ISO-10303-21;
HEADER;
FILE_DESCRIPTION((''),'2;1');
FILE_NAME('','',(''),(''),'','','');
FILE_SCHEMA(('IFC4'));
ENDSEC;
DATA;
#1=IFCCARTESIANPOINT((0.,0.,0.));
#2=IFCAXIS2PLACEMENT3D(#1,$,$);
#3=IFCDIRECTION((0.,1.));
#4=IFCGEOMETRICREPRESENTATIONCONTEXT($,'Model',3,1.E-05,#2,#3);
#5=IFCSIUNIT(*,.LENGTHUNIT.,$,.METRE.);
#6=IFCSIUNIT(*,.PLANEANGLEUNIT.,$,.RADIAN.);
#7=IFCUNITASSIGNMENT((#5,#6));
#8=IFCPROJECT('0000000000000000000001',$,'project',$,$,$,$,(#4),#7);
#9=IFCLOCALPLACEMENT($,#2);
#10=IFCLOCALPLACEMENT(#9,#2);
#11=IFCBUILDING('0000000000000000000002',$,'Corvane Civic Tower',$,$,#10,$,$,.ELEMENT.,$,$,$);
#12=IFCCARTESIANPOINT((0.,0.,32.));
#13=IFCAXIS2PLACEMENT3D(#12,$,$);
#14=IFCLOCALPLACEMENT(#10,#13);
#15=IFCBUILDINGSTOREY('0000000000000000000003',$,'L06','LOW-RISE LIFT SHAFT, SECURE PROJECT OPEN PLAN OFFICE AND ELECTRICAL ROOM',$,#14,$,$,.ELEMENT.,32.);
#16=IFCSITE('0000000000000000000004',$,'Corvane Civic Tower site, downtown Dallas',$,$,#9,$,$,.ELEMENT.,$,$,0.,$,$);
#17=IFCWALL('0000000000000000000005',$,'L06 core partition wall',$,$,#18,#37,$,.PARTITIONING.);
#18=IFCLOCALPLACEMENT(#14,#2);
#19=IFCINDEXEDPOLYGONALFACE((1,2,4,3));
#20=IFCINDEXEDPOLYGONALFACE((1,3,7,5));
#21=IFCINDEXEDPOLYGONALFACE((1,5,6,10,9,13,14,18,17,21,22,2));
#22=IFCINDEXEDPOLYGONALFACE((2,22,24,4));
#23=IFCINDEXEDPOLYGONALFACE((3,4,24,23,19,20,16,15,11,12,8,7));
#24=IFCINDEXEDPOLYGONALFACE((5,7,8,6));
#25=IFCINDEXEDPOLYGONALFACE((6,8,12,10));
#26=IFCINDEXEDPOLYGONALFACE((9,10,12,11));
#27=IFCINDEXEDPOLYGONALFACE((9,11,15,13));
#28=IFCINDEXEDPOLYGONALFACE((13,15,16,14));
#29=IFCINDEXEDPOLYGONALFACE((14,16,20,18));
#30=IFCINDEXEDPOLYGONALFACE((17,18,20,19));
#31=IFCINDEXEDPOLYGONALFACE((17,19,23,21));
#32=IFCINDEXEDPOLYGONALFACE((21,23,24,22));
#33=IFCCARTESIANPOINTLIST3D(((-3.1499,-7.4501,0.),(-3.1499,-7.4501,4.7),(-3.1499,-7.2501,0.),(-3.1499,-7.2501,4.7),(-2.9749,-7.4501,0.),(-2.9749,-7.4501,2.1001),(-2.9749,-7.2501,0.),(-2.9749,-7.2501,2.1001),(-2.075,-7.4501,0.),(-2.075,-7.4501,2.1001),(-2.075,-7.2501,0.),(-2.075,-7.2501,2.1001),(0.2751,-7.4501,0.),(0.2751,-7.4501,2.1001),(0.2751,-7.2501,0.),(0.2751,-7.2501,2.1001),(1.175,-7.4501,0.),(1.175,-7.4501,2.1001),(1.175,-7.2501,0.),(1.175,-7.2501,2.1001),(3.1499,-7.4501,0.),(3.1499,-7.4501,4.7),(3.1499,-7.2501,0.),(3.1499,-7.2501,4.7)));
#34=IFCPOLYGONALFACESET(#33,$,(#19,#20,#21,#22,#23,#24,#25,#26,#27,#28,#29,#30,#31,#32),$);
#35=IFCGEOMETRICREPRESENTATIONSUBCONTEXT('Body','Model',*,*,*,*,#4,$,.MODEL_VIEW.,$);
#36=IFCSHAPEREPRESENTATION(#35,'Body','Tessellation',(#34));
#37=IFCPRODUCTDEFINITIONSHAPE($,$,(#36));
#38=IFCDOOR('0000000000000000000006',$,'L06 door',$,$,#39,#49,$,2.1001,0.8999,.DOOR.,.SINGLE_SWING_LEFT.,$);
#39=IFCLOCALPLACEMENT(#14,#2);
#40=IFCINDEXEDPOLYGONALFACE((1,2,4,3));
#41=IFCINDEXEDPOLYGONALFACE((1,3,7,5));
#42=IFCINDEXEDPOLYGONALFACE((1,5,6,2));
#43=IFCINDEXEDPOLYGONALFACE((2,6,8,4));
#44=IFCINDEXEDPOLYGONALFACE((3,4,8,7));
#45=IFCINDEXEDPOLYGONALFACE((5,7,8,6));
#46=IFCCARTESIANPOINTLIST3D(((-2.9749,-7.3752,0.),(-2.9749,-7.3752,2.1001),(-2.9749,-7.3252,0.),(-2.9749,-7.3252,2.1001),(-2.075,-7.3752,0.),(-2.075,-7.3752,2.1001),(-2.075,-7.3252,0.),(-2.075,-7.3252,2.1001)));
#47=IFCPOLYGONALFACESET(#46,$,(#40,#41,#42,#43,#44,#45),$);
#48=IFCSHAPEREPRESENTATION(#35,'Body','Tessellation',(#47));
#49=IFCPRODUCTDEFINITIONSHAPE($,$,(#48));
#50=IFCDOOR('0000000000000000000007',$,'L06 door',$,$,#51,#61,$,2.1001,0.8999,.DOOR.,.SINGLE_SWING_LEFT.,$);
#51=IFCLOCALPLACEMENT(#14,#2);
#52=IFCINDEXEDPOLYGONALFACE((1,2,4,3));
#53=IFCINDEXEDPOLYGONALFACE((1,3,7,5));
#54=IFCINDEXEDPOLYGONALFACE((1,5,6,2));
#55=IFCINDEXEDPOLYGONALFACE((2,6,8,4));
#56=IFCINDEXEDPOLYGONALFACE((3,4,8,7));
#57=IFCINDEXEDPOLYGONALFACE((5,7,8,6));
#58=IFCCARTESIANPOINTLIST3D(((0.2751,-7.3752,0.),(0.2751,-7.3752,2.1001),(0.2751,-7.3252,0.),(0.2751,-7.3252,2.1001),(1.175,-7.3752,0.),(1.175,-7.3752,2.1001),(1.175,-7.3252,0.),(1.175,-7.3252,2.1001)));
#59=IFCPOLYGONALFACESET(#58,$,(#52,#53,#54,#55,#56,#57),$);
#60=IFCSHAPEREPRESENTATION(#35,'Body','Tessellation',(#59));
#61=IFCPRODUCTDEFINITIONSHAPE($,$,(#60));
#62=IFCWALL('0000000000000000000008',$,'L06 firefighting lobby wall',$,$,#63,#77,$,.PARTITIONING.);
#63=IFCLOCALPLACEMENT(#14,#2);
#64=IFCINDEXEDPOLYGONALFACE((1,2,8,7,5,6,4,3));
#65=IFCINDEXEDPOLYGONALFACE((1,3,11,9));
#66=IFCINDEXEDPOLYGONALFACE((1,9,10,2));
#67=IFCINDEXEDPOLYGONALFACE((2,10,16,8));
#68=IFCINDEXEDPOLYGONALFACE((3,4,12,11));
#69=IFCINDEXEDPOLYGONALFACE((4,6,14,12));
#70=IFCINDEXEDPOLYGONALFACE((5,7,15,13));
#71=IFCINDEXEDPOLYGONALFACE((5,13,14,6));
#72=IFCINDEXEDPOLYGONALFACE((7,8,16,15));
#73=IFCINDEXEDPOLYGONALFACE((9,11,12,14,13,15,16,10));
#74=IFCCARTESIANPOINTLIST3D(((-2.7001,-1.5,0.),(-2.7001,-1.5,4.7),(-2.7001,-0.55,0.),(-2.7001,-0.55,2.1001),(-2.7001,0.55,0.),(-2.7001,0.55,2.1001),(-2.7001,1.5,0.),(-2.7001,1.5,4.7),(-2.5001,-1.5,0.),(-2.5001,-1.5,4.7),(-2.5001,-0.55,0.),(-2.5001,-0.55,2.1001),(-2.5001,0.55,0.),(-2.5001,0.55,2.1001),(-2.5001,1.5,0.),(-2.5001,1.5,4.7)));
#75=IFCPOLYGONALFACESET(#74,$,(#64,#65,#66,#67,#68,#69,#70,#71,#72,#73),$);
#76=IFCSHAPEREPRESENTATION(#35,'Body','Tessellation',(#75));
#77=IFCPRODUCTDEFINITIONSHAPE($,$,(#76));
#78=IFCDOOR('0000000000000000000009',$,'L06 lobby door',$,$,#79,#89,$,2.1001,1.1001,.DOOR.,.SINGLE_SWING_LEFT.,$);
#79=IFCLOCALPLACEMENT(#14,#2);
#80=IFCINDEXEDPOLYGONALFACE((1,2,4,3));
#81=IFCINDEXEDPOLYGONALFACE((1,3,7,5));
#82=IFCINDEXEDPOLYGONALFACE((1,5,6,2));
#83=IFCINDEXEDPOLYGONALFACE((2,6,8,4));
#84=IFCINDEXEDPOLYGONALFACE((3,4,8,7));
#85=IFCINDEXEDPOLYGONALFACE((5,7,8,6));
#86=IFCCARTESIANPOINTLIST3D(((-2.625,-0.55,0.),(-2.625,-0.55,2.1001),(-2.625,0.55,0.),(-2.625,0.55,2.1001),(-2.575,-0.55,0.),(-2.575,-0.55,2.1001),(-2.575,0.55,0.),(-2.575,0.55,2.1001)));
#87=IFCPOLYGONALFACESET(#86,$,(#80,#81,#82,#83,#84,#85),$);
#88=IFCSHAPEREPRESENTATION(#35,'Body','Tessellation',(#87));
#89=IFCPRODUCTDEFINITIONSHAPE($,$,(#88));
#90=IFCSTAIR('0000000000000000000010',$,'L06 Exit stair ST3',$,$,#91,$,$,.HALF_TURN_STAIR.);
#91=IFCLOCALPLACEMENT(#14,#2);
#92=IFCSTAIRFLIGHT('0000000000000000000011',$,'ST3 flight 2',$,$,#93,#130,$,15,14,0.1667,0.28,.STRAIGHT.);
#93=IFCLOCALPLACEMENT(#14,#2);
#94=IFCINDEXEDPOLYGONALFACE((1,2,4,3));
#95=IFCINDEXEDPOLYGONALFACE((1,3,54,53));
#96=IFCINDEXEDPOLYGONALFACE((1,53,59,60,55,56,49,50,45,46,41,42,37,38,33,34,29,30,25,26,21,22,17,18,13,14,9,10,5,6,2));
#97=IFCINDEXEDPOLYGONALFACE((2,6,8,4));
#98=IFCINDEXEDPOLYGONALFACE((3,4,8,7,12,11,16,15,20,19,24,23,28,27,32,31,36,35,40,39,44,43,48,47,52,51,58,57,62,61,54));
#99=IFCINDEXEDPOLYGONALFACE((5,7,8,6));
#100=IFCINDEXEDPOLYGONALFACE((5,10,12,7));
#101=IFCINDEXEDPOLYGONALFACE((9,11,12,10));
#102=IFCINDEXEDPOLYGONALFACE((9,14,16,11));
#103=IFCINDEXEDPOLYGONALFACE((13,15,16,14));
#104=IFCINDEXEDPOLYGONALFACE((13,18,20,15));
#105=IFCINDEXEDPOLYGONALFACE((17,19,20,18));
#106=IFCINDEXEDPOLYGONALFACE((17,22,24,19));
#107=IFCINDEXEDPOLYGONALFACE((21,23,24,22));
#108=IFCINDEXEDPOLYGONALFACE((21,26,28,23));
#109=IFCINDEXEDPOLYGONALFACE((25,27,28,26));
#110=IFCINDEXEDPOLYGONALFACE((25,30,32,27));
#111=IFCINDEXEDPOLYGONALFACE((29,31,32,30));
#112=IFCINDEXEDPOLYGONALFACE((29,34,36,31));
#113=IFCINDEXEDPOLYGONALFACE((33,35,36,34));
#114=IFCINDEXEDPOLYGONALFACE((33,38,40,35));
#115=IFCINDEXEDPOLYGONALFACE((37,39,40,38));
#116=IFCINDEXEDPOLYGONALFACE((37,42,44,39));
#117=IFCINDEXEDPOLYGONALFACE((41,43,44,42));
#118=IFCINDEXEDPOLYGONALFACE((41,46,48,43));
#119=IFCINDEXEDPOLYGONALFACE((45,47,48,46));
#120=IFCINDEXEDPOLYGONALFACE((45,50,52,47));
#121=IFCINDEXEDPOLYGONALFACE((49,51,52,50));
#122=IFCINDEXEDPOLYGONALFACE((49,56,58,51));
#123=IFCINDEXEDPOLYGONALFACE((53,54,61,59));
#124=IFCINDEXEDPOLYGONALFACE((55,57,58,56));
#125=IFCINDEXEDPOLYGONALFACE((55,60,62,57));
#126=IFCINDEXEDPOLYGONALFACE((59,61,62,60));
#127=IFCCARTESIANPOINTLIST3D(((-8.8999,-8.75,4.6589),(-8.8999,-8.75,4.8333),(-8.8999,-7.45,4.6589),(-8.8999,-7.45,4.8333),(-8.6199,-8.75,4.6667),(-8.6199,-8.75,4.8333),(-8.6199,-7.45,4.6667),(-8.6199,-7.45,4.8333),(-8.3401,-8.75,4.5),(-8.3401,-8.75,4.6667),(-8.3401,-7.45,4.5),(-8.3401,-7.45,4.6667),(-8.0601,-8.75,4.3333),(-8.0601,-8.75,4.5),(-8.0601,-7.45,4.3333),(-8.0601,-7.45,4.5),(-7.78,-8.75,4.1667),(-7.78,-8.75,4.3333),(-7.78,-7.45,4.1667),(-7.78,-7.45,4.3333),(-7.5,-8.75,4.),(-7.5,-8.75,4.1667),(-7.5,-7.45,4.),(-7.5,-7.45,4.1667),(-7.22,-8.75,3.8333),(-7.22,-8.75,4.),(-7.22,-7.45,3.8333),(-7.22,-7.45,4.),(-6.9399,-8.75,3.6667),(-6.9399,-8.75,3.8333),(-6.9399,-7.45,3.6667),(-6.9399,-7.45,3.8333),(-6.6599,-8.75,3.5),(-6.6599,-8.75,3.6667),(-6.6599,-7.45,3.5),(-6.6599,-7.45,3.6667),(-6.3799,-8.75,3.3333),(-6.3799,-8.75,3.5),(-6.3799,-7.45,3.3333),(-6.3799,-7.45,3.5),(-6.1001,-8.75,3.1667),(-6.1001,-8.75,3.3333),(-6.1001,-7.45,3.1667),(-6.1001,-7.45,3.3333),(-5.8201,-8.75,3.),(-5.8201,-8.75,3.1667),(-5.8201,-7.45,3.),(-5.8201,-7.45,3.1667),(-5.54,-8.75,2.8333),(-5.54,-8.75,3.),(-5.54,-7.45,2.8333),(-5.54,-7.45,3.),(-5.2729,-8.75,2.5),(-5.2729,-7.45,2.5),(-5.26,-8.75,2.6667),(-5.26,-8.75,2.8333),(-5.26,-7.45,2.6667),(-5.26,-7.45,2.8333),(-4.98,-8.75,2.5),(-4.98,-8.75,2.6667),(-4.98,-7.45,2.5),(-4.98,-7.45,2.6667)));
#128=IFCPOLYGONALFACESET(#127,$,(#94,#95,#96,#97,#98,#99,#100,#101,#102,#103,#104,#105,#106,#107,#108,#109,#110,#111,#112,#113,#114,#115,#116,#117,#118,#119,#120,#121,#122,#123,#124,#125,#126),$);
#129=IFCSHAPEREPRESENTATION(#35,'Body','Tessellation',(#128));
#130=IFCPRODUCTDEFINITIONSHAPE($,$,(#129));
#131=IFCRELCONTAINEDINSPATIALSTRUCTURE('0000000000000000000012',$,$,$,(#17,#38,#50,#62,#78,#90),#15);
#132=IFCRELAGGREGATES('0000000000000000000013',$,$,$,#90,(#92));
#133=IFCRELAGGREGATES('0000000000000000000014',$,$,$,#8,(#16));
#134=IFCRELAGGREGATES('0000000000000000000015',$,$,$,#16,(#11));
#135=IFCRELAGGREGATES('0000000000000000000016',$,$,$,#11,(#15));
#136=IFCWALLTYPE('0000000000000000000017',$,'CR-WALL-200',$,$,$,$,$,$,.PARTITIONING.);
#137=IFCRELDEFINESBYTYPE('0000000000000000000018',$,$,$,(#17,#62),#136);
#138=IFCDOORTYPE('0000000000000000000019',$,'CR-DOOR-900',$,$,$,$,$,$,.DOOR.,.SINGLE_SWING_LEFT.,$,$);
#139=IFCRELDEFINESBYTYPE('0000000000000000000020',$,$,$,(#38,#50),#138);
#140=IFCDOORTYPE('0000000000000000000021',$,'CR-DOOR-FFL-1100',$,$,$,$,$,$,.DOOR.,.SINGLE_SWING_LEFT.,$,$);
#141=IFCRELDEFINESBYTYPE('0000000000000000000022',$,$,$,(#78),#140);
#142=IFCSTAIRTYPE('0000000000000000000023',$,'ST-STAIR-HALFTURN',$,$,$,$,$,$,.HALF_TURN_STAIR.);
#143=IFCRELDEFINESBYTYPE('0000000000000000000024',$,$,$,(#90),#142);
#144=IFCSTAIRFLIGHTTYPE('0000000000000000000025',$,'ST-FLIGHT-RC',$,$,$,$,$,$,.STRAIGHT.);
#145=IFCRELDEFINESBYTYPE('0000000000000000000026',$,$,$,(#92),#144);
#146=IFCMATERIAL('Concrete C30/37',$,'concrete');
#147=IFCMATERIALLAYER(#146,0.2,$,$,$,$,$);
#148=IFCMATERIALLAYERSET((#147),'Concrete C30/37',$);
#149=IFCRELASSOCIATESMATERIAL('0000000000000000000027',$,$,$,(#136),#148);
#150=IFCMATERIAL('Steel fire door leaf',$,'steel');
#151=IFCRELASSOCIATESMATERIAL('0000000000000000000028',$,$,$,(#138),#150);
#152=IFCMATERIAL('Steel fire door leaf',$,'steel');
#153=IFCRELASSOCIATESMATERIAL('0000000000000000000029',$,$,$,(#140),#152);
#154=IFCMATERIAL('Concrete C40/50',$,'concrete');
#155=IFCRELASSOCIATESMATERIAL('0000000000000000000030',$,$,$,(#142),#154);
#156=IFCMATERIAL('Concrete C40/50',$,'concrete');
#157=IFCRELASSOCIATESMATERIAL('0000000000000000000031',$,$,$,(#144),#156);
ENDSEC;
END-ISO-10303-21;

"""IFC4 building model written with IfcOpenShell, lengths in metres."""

from ifc_helpers import new_model, si_unit, direction, frame, frame_2d, origin, place, context, subcontext, project, spatial, polyline, rectangle, outline, extrude, material, layer, layer_set, type_object, element, fill, aggregate, save


model = new_model("IFC4")

# Units and contexts
model_context = context("Model", 3, precision=1e-05, world=origin(), true_north=direction((0.0, 1.0)))
body_context = subcontext(model_context, "Body", "Model", "MODEL_VIEW")
ifc_project = project(units=[si_unit("LENGTHUNIT", "METRE"), si_unit("PLANEANGLEUNIT", "RADIAN")], contexts=[model_context])

# Site, building, storey
site_placement = place(None, origin())
site = spatial("IfcSite", under=ifc_project, at=site_placement, Name="Corvane Civic Tower site, downtown Dallas", CompositionType="ELEMENT", RefElevation=0.0)
building_placement = place(site_placement, origin())
building = spatial("IfcBuilding", under=site, at=building_placement, Name="Corvane Civic Tower", CompositionType="ELEMENT")
storey_placement = place(building_placement, frame((0.0, 0.0, 32.0)))
storey = spatial("IfcBuildingStorey", under=building, at=storey_placement, Name="L06", Description="LOW-RISE LIFT SHAFT, SECURE PROJECT OPEN PLAN OFFICE AND ELECTRICAL ROOM", CompositionType="ELEMENT", Elevation=32.0)

# Wall, openings, doors
ifc_material_1 = material(Name="Concrete C30/37", Category="concrete")
ifc_layer_1 = layer(ifc_material_1, 0.2)
ifc_layer_set_1 = layer_set([ifc_layer_1], Name="Concrete C30/37")
wall_type = type_object("IfcWallType", Name="CR-WALL-200", PredefinedType="PARTITIONING", material=ifc_layer_set_1)
ifc_material_2 = material(Name="Steel fire door leaf", Category="steel")
door_type_1 = type_object("IfcDoorType", Name="CR-DOOR-900", OperationType="SINGLE_SWING_LEFT", PredefinedType="DOOR", material=ifc_material_2)
wall_1_placement = place(storey_placement, frame((-3.1499, -7.3501, 0.0), z_axis=(0.0, 0.0, 1.0), x_axis=(1.0, 0.0, 0.0)))
wall_1 = element("IfcWall", 1, at=wall_1_placement, inside=storey, type_object=wall_type, Name="L06 core partition wall", PredefinedType="PARTITIONING", context=body_context, shape_type="SweptSolid", body=[
    extrude(rectangle(XDim=6.2998, YDim=0.2, at=frame_2d((3.1499, 0.0))), origin(), (0.0, 0.0, 1.0), 4.7),
])
opening_1_placement = place(wall_1_placement, frame((0.175, 0.0, 0.0)))
opening_1 = element("IfcOpeningElement", 2, at=opening_1_placement, cuts=wall_1, PredefinedType="OPENING", context=body_context, shape_type="SweptSolid", body=[
    extrude(rectangle(XDim=0.8999, YDim=2.1001, at=frame_2d((0.45, 1.05))), frame((0.0, 0.1099, 0.0), z_axis=(0.0, -1.0, 0.0), x_axis=(1.0, 0.0, 0.0)), (0.0, 0.0, 1.0), 0.22),
])
opening_2_placement = place(wall_1_placement, frame((3.425, 0.0, 0.0)))
opening_2 = element("IfcOpeningElement", 3, at=opening_2_placement, cuts=wall_1, PredefinedType="OPENING", context=body_context, shape_type="SweptSolid", body=[
    extrude(rectangle(XDim=0.8999, YDim=2.1001, at=frame_2d((0.45, 1.05))), frame((0.0, 0.1099, 0.0), z_axis=(0.0, -1.0, 0.0), x_axis=(1.0, 0.0, 0.0)), (0.0, 0.0, 1.0), 0.22),
])
door_1_placement = place(opening_1_placement, origin())
door_1 = element("IfcDoor", 4, at=door_1_placement, inside=storey, type_object=door_type_1, Name="L06 door", OperationType="SINGLE_SWING_LEFT", OverallHeight=2.1001, OverallWidth=0.8999, PredefinedType="DOOR", context=body_context, shape_type="SweptSolid", body=[
    extrude(rectangle(XDim=0.8999, YDim=2.1001, at=frame_2d((0.45, 1.05))), frame((0.0, 0.0249, 0.0), z_axis=(0.0, -1.0, 0.0), x_axis=(1.0, 0.0, 0.0)), (0.0, 0.0, 1.0), 0.05),
])
fill(opening_1, door_1)
door_2_placement = place(opening_2_placement, origin())
door_2 = element("IfcDoor", 5, at=door_2_placement, inside=storey, type_object=door_type_1, Name="L06 door", OperationType="SINGLE_SWING_LEFT", OverallHeight=2.1001, OverallWidth=0.8999, PredefinedType="DOOR", context=body_context, shape_type="SweptSolid", body=[
    extrude(rectangle(XDim=0.8999, YDim=2.1001, at=frame_2d((0.45, 1.05))), frame((0.0, 0.0249, 0.0), z_axis=(0.0, -1.0, 0.0), x_axis=(1.0, 0.0, 0.0)), (0.0, 0.0, 1.0), 0.05),
])
fill(opening_2, door_2)

# Wall, opening, door
wall_2_placement = place(storey_placement, frame((-2.6001, -1.5, 0.0), z_axis=(0.0, 0.0, 1.0), x_axis=(0.0, 1.0, 0.0)))
wall_2 = element("IfcWall", 6, at=wall_2_placement, inside=storey, type_object=wall_type, Name="L06 firefighting lobby wall", PredefinedType="PARTITIONING", context=body_context, shape_type="SweptSolid", body=[
    extrude(rectangle(XDim=3.0, YDim=0.2, at=frame_2d((1.5, 0.0))), origin(), (0.0, 0.0, 1.0), 4.7),
])
opening_3_placement = place(wall_2_placement, frame((0.95, 0.0, 0.0)))
opening_3 = element("IfcOpeningElement", 7, at=opening_3_placement, cuts=wall_2, PredefinedType="OPENING", context=body_context, shape_type="SweptSolid", body=[
    extrude(rectangle(XDim=1.1001, YDim=2.1001, at=frame_2d((0.55, 1.05))), frame((0.0, 0.1099, 0.0), z_axis=(0.0, -1.0, 0.0), x_axis=(1.0, 0.0, 0.0)), (0.0, 0.0, 1.0), 0.22),
])
ifc_material_3 = material(Name="Steel fire door leaf", Category="steel")
door_type_2 = type_object("IfcDoorType", Name="CR-DOOR-FFL-1100", OperationType="SINGLE_SWING_LEFT", PredefinedType="DOOR", material=ifc_material_3)
door_3_placement = place(opening_3_placement, origin())
door_3 = element("IfcDoor", 8, at=door_3_placement, inside=storey, type_object=door_type_2, Name="L06 lobby door", OperationType="SINGLE_SWING_LEFT", OverallHeight=2.1001, OverallWidth=1.1001, PredefinedType="DOOR", context=body_context, shape_type="SweptSolid", body=[
    extrude(rectangle(XDim=1.1001, YDim=2.1001, at=frame_2d((0.55, 1.05))), frame((0.0, 0.0249, 0.0), z_axis=(0.0, -1.0, 0.0), x_axis=(1.0, 0.0, 0.0)), (0.0, 0.0, 1.0), 0.05),
])
fill(opening_3, door_3)

# Stair, stair flight
ifc_material_4 = material(Name="Concrete C40/50", Category="concrete")
stair_type = type_object("IfcStairType", Name="ST-STAIR-HALFTURN", PredefinedType="HALF_TURN_STAIR", material=ifc_material_4)
stair_placement = place(storey_placement, origin())
stair = element("IfcStair", 9, at=stair_placement, inside=storey, type_object=stair_type, Name="L06 Exit stair ST3", PredefinedType="HALF_TURN_STAIR")
ifc_material_5 = material(Name="Concrete C40/50", Category="concrete")
stair_flight_type = type_object("IfcStairFlightType", Name="ST-FLIGHT-RC", PredefinedType="STRAIGHT", material=ifc_material_5)
stair_flight_placement = place(storey_placement, frame((-4.98, -8.1001, 2.5), z_axis=(0.0, 0.0, 1.0), x_axis=(-1.0, 0.0, 0.0)))
stair_flight = element("IfcStairFlight", 10, at=stair_flight_placement, type_object=stair_flight_type, Name="ST3 flight 2", NumberOfRisers=15, NumberOfTreads=14, PredefinedType="STRAIGHT", RiserHeight=0.1667, TreadLength=0.28, context=body_context, shape_type="SweptSolid", body=[
    extrude(outline(polyline([(0.0, 0.0), (0.0, 0.1667), (0.28, 0.1667), (0.28, 0.3333), (0.5601, 0.3333), (0.5601, 0.5), (0.8401, 0.5), (0.8401, 0.6667), (1.1201, 0.6667), (1.1201, 0.8333), (1.3999, 0.8333), (1.3999, 1.0), (1.6799, 1.0), (1.6799, 1.1667), (1.96, 1.1667), (1.96, 1.3333), (2.24, 1.3333), (2.24, 1.5), (2.52, 1.5), (2.52, 1.6667), (2.8, 1.6667), (2.8, 1.8333), (3.0801, 1.8333), (3.0801, 2.0), (3.3601, 2.0), (3.3601, 2.1667), (3.6399, 2.1667), (3.6399, 2.3333), (3.9199, 2.3333), (3.9199, 2.5), (3.9199, 2.1589), (0.293, 0.0), (0.0, 0.0)])), frame((0.0, 0.6499, 0.0), z_axis=(0.0, -1.0, 0.0), x_axis=(1.0, 0.0, 0.0)), (0.0, 0.0, 1.0), 1.3),
])
aggregate(stair, [stair_flight])

save(model, "model.ifc")
